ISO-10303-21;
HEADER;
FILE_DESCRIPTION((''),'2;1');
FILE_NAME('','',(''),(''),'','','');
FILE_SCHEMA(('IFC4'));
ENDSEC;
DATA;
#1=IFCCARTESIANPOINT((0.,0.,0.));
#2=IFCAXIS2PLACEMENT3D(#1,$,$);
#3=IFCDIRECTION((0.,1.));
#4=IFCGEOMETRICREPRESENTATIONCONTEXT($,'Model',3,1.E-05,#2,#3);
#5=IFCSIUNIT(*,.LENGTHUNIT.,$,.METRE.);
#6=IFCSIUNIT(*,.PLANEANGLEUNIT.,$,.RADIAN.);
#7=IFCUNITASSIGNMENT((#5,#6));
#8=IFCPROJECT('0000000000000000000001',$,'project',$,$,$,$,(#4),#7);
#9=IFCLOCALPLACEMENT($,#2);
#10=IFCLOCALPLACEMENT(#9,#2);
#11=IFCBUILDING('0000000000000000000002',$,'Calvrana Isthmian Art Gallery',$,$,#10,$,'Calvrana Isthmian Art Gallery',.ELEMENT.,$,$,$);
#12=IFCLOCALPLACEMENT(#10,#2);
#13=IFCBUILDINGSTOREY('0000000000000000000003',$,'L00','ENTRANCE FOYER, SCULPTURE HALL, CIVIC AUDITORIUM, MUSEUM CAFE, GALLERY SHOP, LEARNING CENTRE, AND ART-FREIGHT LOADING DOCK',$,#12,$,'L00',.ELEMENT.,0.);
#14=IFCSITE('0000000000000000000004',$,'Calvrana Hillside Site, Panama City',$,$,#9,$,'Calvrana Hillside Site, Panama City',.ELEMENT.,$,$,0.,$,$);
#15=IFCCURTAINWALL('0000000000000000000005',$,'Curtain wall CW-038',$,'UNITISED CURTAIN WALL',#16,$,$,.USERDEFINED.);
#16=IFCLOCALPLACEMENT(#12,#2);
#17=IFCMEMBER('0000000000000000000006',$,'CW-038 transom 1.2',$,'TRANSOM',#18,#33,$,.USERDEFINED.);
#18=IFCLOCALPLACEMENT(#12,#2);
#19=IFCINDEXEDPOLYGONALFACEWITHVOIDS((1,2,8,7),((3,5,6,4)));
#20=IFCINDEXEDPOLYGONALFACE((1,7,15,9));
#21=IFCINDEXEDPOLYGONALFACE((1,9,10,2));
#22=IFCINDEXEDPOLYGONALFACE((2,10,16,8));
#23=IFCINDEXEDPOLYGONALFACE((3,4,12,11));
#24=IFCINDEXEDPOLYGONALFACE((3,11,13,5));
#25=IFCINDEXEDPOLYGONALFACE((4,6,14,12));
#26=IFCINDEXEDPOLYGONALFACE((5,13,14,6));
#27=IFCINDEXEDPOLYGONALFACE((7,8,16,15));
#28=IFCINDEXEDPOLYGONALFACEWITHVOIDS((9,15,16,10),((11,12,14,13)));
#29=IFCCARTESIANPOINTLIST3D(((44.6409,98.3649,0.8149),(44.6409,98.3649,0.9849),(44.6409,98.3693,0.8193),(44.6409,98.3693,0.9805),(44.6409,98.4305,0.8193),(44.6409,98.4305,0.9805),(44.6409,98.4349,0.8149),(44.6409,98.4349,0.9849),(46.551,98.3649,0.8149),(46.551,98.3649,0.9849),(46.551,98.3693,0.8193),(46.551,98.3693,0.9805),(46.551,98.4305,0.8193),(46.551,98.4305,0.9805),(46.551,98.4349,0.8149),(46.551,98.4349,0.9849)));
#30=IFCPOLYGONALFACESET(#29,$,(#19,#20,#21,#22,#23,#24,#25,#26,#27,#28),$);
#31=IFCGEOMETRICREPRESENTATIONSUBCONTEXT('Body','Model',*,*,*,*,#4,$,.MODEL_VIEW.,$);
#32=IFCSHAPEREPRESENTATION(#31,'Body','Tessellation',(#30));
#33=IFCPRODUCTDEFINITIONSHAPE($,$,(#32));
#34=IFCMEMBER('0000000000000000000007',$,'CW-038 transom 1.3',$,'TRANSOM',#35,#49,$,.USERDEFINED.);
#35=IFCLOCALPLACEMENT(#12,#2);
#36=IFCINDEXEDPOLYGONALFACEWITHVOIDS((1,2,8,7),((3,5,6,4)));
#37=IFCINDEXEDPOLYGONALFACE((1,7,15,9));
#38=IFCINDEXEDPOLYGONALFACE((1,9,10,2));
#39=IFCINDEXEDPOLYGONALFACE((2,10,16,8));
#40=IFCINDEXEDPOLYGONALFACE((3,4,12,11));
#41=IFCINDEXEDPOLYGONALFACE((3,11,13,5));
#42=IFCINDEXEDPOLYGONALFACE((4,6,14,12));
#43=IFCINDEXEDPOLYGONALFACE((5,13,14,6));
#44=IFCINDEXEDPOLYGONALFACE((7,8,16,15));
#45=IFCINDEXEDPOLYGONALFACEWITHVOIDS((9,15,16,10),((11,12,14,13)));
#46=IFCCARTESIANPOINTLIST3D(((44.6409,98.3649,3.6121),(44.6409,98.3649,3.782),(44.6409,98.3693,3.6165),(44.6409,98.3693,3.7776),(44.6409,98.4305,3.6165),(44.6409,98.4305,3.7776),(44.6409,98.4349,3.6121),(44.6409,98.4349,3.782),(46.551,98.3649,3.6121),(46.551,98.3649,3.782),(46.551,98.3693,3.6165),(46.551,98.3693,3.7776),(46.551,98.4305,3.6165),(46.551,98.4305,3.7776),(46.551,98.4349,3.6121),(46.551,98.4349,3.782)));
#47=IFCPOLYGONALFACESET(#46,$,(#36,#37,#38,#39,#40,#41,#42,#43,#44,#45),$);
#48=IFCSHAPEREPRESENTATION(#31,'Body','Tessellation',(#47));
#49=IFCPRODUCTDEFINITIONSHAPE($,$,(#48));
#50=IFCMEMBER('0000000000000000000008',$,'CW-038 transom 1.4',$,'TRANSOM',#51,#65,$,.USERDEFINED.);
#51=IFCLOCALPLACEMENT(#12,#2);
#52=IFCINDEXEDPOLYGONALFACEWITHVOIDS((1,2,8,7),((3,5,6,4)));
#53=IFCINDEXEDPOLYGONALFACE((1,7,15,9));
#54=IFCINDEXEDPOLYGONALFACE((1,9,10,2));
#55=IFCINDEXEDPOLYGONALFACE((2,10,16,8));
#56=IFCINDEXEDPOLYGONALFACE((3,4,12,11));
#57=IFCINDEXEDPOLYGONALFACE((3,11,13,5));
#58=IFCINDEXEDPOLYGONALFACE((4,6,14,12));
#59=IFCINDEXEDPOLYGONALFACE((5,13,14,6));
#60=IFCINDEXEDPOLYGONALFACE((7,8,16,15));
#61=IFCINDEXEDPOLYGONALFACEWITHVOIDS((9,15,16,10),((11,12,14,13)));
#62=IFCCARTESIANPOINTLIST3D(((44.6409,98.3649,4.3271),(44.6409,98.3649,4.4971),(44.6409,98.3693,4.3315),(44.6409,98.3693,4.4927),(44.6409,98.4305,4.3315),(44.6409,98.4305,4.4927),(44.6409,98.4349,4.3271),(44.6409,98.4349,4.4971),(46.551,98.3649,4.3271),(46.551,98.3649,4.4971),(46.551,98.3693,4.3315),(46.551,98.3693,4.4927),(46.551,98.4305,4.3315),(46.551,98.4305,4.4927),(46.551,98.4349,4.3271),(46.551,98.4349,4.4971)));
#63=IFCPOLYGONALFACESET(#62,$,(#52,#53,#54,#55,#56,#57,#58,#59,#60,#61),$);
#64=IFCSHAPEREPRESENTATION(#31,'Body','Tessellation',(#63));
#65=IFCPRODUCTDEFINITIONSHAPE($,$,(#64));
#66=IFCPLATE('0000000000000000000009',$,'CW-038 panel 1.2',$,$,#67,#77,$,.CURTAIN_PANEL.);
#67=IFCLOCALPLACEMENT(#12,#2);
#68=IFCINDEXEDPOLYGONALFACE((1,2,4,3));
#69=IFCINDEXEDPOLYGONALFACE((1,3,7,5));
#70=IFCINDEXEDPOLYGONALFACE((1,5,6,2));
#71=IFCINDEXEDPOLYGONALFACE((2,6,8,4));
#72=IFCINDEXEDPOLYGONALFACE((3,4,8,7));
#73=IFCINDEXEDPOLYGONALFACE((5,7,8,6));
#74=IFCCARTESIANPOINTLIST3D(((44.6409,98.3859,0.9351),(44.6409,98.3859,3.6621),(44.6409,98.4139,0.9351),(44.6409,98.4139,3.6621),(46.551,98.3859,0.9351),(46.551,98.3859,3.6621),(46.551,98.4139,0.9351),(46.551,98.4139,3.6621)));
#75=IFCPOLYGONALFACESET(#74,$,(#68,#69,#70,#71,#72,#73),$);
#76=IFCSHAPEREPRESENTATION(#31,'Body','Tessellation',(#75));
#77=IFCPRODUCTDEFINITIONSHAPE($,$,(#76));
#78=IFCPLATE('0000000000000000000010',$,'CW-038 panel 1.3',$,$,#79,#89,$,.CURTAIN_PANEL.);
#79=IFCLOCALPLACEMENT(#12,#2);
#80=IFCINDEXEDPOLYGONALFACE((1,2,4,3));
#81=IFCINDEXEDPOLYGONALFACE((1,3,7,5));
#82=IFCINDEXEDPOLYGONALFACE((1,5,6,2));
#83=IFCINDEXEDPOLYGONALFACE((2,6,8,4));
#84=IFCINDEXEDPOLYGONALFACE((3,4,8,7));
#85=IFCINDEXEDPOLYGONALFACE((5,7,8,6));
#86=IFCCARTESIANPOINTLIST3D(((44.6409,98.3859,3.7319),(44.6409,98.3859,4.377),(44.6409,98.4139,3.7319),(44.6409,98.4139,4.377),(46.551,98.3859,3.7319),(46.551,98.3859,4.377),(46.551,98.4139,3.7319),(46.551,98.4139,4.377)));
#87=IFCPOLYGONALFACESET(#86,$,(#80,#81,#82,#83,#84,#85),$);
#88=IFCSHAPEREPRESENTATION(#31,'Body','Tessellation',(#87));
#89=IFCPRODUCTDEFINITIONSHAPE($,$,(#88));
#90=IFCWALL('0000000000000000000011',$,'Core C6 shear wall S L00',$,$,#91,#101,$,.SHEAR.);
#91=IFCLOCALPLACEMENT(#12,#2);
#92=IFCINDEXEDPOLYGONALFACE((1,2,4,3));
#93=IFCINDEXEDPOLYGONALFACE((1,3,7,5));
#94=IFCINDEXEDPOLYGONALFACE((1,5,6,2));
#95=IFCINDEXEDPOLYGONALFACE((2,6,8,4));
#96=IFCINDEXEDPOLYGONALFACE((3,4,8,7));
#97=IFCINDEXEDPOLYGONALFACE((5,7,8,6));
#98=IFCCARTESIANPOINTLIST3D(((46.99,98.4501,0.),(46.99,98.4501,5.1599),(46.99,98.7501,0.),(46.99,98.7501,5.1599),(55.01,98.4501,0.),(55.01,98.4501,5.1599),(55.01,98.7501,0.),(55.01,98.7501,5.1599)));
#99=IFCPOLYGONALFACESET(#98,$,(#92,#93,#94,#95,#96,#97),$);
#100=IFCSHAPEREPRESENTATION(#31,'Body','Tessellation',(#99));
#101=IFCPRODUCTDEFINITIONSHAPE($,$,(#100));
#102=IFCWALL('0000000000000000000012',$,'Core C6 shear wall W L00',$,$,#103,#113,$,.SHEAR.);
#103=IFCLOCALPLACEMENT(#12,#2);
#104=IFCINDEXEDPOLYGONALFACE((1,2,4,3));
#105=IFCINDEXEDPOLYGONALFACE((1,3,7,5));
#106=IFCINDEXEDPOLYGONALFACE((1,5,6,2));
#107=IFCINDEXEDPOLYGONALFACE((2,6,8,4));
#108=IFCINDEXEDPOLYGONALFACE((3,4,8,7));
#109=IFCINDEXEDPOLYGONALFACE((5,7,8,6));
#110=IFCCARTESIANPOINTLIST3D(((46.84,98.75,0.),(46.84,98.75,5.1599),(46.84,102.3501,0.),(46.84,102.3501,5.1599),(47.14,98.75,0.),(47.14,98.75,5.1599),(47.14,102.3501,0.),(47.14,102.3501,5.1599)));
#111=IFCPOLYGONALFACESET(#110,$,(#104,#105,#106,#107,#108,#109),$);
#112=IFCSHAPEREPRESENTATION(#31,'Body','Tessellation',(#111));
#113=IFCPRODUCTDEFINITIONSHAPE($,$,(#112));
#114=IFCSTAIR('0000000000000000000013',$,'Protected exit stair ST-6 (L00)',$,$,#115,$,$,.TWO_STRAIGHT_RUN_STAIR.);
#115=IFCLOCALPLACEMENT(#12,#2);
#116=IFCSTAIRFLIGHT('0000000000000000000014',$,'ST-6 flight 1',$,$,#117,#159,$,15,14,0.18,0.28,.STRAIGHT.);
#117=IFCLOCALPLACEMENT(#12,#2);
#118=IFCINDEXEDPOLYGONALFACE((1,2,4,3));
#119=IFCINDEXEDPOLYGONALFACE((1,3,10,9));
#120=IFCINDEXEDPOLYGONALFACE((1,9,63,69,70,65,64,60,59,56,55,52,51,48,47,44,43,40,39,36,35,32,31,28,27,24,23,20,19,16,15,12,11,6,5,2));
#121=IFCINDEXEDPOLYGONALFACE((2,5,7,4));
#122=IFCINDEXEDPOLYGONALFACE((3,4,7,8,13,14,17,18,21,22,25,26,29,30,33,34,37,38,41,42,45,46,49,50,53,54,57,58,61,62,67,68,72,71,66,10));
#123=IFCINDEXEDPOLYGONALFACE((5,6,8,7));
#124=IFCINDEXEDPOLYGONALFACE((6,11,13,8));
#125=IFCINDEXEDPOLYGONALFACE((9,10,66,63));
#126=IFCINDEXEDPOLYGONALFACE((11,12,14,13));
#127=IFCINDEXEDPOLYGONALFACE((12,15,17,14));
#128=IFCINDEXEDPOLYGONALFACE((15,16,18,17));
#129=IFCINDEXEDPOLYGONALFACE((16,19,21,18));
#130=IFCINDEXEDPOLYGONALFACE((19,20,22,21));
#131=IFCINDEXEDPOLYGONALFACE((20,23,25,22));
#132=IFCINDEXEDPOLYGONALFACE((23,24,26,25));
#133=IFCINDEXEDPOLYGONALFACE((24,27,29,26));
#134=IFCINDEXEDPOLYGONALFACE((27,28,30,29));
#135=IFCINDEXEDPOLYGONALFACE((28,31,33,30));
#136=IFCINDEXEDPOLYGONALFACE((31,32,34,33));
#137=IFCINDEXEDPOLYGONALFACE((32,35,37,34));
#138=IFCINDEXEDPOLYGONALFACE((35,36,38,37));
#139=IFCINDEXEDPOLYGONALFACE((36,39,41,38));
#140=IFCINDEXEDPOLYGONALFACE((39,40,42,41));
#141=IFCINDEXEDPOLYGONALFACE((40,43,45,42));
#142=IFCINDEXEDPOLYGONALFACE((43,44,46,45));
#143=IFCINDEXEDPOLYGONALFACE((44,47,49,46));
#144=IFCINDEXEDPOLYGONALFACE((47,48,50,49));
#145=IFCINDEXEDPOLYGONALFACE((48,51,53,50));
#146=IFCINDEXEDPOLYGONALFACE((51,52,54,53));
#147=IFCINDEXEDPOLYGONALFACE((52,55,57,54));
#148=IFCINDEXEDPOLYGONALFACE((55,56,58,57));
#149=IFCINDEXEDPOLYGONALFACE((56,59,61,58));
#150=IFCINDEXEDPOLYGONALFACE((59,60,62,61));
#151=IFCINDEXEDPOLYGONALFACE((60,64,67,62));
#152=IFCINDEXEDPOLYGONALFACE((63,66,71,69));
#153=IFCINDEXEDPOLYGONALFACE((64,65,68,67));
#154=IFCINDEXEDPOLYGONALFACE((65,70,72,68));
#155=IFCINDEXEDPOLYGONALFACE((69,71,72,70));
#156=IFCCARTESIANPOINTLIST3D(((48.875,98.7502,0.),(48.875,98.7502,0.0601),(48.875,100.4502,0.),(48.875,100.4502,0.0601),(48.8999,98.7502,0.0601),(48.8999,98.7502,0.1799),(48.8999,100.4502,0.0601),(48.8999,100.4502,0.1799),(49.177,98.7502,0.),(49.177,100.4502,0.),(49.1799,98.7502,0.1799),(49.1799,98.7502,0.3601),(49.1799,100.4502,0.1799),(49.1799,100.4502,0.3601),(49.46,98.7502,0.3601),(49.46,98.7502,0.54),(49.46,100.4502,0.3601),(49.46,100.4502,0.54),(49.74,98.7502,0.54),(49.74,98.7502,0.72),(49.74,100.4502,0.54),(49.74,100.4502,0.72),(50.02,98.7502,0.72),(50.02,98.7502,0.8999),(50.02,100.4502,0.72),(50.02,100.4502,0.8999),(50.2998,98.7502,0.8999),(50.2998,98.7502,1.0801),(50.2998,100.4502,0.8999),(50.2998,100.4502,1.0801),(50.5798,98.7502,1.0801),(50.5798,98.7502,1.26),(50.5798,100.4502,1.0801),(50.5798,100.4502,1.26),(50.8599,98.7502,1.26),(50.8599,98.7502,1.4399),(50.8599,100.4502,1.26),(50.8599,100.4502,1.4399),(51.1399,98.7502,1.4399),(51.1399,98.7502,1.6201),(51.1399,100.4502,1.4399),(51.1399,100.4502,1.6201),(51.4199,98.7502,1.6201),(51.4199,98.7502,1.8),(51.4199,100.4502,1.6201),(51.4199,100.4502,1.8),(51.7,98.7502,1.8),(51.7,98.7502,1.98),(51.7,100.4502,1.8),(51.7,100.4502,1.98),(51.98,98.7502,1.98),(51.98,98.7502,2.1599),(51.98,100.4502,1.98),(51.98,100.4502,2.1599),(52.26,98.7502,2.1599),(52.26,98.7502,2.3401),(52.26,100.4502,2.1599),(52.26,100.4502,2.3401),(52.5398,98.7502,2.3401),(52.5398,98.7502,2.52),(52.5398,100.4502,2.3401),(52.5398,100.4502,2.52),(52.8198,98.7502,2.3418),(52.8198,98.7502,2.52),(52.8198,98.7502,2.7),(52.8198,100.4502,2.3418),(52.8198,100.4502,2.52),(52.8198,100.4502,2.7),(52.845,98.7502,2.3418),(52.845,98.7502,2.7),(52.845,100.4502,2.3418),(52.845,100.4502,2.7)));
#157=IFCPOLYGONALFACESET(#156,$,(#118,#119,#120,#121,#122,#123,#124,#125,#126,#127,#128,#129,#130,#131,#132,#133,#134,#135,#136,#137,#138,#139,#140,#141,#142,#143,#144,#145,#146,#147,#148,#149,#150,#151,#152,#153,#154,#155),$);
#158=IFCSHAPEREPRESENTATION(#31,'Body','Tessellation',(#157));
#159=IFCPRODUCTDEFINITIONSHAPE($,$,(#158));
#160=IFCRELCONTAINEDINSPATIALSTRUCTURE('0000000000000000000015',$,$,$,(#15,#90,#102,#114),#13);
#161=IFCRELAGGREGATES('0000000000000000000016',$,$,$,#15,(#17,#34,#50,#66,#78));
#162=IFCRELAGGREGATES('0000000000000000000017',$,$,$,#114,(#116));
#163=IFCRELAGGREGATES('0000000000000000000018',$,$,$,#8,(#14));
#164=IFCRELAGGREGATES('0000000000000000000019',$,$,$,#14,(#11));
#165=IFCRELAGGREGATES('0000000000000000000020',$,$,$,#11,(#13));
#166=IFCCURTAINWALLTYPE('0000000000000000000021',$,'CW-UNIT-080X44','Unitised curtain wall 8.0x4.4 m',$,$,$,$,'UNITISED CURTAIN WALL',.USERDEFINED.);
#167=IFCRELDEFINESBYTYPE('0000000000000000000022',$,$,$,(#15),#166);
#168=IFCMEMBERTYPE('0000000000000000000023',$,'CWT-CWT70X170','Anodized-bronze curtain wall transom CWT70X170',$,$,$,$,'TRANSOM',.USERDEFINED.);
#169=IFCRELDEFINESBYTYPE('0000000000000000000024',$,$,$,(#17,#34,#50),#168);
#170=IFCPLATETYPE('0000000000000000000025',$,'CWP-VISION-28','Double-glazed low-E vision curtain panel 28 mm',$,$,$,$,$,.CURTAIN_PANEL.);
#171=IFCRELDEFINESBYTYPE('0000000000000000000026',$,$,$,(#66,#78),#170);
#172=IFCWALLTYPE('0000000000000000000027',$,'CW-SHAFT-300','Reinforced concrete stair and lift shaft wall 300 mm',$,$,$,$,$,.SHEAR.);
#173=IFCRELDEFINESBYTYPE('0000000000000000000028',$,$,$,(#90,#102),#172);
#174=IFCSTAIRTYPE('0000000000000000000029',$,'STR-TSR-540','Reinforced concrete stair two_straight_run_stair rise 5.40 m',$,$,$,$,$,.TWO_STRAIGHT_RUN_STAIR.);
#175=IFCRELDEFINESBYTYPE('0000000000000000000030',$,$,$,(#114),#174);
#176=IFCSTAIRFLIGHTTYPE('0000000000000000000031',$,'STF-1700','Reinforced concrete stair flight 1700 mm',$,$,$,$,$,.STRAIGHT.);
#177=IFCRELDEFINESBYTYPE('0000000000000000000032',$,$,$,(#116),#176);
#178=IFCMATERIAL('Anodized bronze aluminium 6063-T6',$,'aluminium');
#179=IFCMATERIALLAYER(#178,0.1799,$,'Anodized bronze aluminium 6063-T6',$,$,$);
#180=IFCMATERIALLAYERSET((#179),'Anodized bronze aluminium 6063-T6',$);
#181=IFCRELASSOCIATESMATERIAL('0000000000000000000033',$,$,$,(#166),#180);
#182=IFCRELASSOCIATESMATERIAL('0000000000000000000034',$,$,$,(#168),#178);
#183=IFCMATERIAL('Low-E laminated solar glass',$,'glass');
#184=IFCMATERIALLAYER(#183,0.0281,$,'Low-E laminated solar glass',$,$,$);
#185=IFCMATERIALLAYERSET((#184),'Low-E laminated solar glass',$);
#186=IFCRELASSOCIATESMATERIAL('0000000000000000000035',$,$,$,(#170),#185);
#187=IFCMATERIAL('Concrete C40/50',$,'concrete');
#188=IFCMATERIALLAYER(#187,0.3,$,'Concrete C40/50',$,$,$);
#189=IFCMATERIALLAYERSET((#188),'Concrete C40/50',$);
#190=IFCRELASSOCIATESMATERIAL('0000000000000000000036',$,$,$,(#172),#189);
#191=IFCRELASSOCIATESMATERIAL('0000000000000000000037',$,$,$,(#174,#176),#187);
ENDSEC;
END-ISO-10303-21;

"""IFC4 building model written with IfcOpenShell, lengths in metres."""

from ifc_helpers import new_model, si_unit, direction, frame, frame_2d, origin, origin_2d, place, context, subcontext, project, spatial, polyline, rectangle, hollow_rectangle, outline, extrude, material, layer, layer_set, material_profile, profile_set, type_object, element, aggregate, save


model = new_model("IFC4")

# Units and contexts
model_context = context("Model", 3, precision=1e-05, world=origin(), true_north=direction((0.0, 1.0)))
body_context = subcontext(model_context, "Body", "Model", "MODEL_VIEW")
ifc_project = project(units=[si_unit("LENGTHUNIT", "METRE"), si_unit("PLANEANGLEUNIT", "RADIAN")], contexts=[model_context])

# Site, building, storey
site_placement = place(None, origin())
site = spatial("IfcSite", under=ifc_project, at=site_placement, Name="Calvrana Hillside Site, Panama City", LongName="Calvrana Hillside Site, Panama City", CompositionType="ELEMENT", RefElevation=0.0)
building_placement = place(site_placement, origin())
building = spatial("IfcBuilding", under=site, at=building_placement, Name="Calvrana Isthmian Art Gallery", LongName="Calvrana Isthmian Art Gallery", CompositionType="ELEMENT")
storey_placement = place(building_placement, origin())
storey = spatial("IfcBuildingStorey", under=building, at=storey_placement, Name="L00", Description="ENTRANCE FOYER, SCULPTURE HALL, CIVIC AUDITORIUM, MUSEUM CAFE, GALLERY SHOP, LEARNING CENTRE, AND ART-FREIGHT LOADING DOCK", LongName="L00", CompositionType="ELEMENT", Elevation=0.0)

# Curtain wall, members, plates
ifc_material_1 = material(Name="Anodized bronze aluminium 6063-T6", Category="aluminium")
ifc_layer_1 = layer(ifc_material_1, 0.1799, Name="Anodized bronze aluminium 6063-T6")
ifc_layer_set_1 = layer_set([ifc_layer_1], Name="Anodized bronze aluminium 6063-T6")
curtain_wall_type = type_object("IfcCurtainWallType", Name="CW-UNIT-080X44", Description="Unitised curtain wall 8.0x4.4 m", ElementType="UNITISED CURTAIN WALL", PredefinedType="USERDEFINED", material=ifc_layer_set_1)
curtain_wall_placement = place(storey_placement, origin())
curtain_wall = element("IfcCurtainWall", 1, at=curtain_wall_placement, inside=storey, type_object=curtain_wall_type, Name="Curtain wall CW-038", ObjectType="UNITISED CURTAIN WALL", PredefinedType="USERDEFINED")
ifc_material_profile_1 = material_profile(ifc_material_1, hollow_rectangle(XDim=0.0701, YDim=0.1699, WallThickness=0.0044, at=origin_2d()), Name="CWT70X170")
ifc_profile_set_1 = profile_set([ifc_material_profile_1], Name="Anodized bronze aluminium 6063-T6")
member_type_1 = type_object("IfcMemberType", Name="CWT-CWT70X170", Description="Anodized-bronze curtain wall transom CWT70X170", ElementType="TRANSOM", PredefinedType="USERDEFINED", material=ifc_profile_set_1)
member_1_placement = place(storey_placement, frame((46.551, 98.3999, 0.8999), z_axis=(-1.0, 0.0, 0.0), x_axis=(0.0, -1.0, 0.0)))
member_1 = element("IfcMember", 2, at=member_1_placement, type_object=member_type_1, Name="CW-038 transom 1.2", ObjectType="TRANSOM", PredefinedType="USERDEFINED", context=body_context, shape_type="SweptSolid", body=[
    extrude(hollow_rectangle(XDim=0.0701, YDim=0.1699, WallThickness=0.0044, at=origin_2d()), origin(), (0.0, 0.0, 1.0), 1.9102),
])
member_2_placement = place(storey_placement, frame((46.551, 98.3999, 3.697), z_axis=(-1.0, 0.0, 0.0), x_axis=(0.0, -1.0, 0.0)))
member_2 = element("IfcMember", 3, at=member_2_placement, type_object=member_type_1, Name="CW-038 transom 1.3", ObjectType="TRANSOM", PredefinedType="USERDEFINED", context=body_context, shape_type="SweptSolid", body=[
    extrude(hollow_rectangle(XDim=0.0701, YDim=0.1699, WallThickness=0.0044, at=origin_2d()), origin(), (0.0, 0.0, 1.0), 1.9102),
])
member_3_placement = place(storey_placement, frame((46.551, 98.3999, 4.4121), z_axis=(-1.0, 0.0, 0.0), x_axis=(0.0, -1.0, 0.0)))
member_3 = element("IfcMember", 4, at=member_3_placement, type_object=member_type_1, Name="CW-038 transom 1.4", ObjectType="TRANSOM", PredefinedType="USERDEFINED", context=body_context, shape_type="SweptSolid", body=[
    extrude(hollow_rectangle(XDim=0.0701, YDim=0.1699, WallThickness=0.0044, at=origin_2d()), origin(), (0.0, 0.0, 1.0), 1.9102),
])
ifc_material_2 = material(Name="Low-E laminated solar glass", Category="glass")
ifc_layer_2 = layer(ifc_material_2, 0.0281, Name="Low-E laminated solar glass")
ifc_layer_set_2 = layer_set([ifc_layer_2], Name="Low-E laminated solar glass")
plate_type = type_object("IfcPlateType", Name="CWP-VISION-28", Description="Double-glazed low-E vision curtain panel 28 mm", PredefinedType="CURTAIN_PANEL", material=ifc_layer_set_2)
plate_1_placement = place(storey_placement, frame((45.5959, 98.3999, 0.9351), z_axis=(0.0, 0.0, 1.0), x_axis=(-1.0, 0.0, 0.0)))
plate_1 = element("IfcPlate", 5, at=plate_1_placement, type_object=plate_type, Name="CW-038 panel 1.2", PredefinedType="CURTAIN_PANEL", context=body_context, shape_type="SweptSolid", body=[
    extrude(rectangle(XDim=1.9102, YDim=0.0281, at=origin_2d()), origin(), (0.0, 0.0, 1.0), 2.7271),
])
plate_2_placement = place(storey_placement, frame((45.5959, 98.3999, 3.7319), z_axis=(0.0, 0.0, 1.0), x_axis=(-1.0, 0.0, 0.0)))
plate_2 = element("IfcPlate", 6, at=plate_2_placement, type_object=plate_type, Name="CW-038 panel 1.3", PredefinedType="CURTAIN_PANEL", context=body_context, shape_type="SweptSolid", body=[
    extrude(rectangle(XDim=1.9102, YDim=0.0281, at=origin_2d()), origin(), (0.0, 0.0, 1.0), 0.645),
])
aggregate(curtain_wall, [member_1, member_2, member_3, plate_1, plate_2])

# Walls
ifc_material_3 = material(Name="Concrete C40/50", Category="concrete")
ifc_layer_3 = layer(ifc_material_3, 0.3, Name="Concrete C40/50")
ifc_layer_set_3 = layer_set([ifc_layer_3], Name="Concrete C40/50")
wall_type = type_object("IfcWallType", Name="CW-SHAFT-300", Description="Reinforced concrete stair and lift shaft wall 300 mm", PredefinedType="SHEAR", material=ifc_layer_set_3)
wall_1_placement = place(storey_placement, frame((46.99, 98.6001, 0.0), z_axis=(0.0, 0.0, 1.0), x_axis=(1.0, 0.0, 0.0)))
element("IfcWall", 7, at=wall_1_placement, inside=storey, type_object=wall_type, Name="Core C6 shear wall S L00", PredefinedType="SHEAR", context=body_context, shape_type="SweptSolid", body=[
    extrude(rectangle(XDim=8.02, YDim=0.3, at=frame_2d((4.01, 0.0))), origin(), (0.0, 0.0, 1.0), 5.1599),
])
wall_2_placement = place(storey_placement, frame((46.99, 98.75, 0.0), z_axis=(0.0, 0.0, 1.0), x_axis=(0.0, 1.0, 0.0)))
element("IfcWall", 8, at=wall_2_placement, inside=storey, type_object=wall_type, Name="Core C6 shear wall W L00", PredefinedType="SHEAR", context=body_context, shape_type="SweptSolid", body=[
    extrude(rectangle(XDim=3.6001, YDim=0.3, at=frame_2d((1.8, 0.0))), origin(), (0.0, 0.0, 1.0), 5.1599),
])

# Stair, stair flight
stair_type = type_object("IfcStairType", Name="STR-TSR-540", Description="Reinforced concrete stair two_straight_run_stair rise 5.40 m", PredefinedType="TWO_STRAIGHT_RUN_STAIR", material=ifc_material_3)
stair_placement = place(storey_placement, origin())
stair = element("IfcStair", 9, at=stair_placement, inside=storey, type_object=stair_type, Name="Protected exit stair ST-6 (L00)", PredefinedType="TWO_STRAIGHT_RUN_STAIR")
stair_flight_type = type_object("IfcStairFlightType", Name="STF-1700", Description="Reinforced concrete stair flight 1700 mm", PredefinedType="STRAIGHT", material=ifc_material_3)
stair_flight_placement = place(storey_placement, frame((48.8999, 99.6001, 0.0), z_axis=(0.0, 0.0, 1.0), x_axis=(1.0, 0.0, 0.0)))
stair_flight = element("IfcStairFlight", 10, at=stair_flight_placement, type_object=stair_flight_type, Name="ST-6 flight 1", NumberOfRisers=15, NumberOfTreads=14, PredefinedType="STRAIGHT", RiserHeight=0.18, TreadLength=0.28, context=body_context, shape_type="SweptSolid", body=[
    extrude(outline(polyline([(-0.0249, 0.0), (-0.0249, 0.0601), (0.0, 0.0601), (0.0, 0.1799), (0.28, 0.1799), (0.28, 0.3601), (0.5601, 0.3601), (0.5601, 0.54), (0.8401, 0.54), (0.8401, 0.72), (1.1201, 0.72), (1.1201, 0.8999), (1.3999, 0.8999), (1.3999, 1.0801), (1.6799, 1.0801), (1.6799, 1.26), (1.96, 1.26), (1.96, 1.4399), (2.24, 1.4399), (2.24, 1.6201), (2.52, 1.6201), (2.52, 1.8), (2.8, 1.8), (2.8, 1.98), (3.0801, 1.98), (3.0801, 2.1599), (3.3601, 2.1599), (3.3601, 2.3401), (3.6399, 2.3401), (3.6399, 2.52), (3.9199, 2.52), (3.9199, 2.7), (3.9451, 2.7), (3.9451, 2.3418), (3.9199, 2.3418), (0.2771, 0.0), (-0.0249, 0.0)])), frame((0.0, 0.8501, 0.0), z_axis=(0.0, -1.0, 0.0), x_axis=(1.0, 0.0, 0.0)), (0.0, 0.0, 1.0), 1.7),
])
aggregate(stair, [stair_flight])

save(model, "model.ifc")
